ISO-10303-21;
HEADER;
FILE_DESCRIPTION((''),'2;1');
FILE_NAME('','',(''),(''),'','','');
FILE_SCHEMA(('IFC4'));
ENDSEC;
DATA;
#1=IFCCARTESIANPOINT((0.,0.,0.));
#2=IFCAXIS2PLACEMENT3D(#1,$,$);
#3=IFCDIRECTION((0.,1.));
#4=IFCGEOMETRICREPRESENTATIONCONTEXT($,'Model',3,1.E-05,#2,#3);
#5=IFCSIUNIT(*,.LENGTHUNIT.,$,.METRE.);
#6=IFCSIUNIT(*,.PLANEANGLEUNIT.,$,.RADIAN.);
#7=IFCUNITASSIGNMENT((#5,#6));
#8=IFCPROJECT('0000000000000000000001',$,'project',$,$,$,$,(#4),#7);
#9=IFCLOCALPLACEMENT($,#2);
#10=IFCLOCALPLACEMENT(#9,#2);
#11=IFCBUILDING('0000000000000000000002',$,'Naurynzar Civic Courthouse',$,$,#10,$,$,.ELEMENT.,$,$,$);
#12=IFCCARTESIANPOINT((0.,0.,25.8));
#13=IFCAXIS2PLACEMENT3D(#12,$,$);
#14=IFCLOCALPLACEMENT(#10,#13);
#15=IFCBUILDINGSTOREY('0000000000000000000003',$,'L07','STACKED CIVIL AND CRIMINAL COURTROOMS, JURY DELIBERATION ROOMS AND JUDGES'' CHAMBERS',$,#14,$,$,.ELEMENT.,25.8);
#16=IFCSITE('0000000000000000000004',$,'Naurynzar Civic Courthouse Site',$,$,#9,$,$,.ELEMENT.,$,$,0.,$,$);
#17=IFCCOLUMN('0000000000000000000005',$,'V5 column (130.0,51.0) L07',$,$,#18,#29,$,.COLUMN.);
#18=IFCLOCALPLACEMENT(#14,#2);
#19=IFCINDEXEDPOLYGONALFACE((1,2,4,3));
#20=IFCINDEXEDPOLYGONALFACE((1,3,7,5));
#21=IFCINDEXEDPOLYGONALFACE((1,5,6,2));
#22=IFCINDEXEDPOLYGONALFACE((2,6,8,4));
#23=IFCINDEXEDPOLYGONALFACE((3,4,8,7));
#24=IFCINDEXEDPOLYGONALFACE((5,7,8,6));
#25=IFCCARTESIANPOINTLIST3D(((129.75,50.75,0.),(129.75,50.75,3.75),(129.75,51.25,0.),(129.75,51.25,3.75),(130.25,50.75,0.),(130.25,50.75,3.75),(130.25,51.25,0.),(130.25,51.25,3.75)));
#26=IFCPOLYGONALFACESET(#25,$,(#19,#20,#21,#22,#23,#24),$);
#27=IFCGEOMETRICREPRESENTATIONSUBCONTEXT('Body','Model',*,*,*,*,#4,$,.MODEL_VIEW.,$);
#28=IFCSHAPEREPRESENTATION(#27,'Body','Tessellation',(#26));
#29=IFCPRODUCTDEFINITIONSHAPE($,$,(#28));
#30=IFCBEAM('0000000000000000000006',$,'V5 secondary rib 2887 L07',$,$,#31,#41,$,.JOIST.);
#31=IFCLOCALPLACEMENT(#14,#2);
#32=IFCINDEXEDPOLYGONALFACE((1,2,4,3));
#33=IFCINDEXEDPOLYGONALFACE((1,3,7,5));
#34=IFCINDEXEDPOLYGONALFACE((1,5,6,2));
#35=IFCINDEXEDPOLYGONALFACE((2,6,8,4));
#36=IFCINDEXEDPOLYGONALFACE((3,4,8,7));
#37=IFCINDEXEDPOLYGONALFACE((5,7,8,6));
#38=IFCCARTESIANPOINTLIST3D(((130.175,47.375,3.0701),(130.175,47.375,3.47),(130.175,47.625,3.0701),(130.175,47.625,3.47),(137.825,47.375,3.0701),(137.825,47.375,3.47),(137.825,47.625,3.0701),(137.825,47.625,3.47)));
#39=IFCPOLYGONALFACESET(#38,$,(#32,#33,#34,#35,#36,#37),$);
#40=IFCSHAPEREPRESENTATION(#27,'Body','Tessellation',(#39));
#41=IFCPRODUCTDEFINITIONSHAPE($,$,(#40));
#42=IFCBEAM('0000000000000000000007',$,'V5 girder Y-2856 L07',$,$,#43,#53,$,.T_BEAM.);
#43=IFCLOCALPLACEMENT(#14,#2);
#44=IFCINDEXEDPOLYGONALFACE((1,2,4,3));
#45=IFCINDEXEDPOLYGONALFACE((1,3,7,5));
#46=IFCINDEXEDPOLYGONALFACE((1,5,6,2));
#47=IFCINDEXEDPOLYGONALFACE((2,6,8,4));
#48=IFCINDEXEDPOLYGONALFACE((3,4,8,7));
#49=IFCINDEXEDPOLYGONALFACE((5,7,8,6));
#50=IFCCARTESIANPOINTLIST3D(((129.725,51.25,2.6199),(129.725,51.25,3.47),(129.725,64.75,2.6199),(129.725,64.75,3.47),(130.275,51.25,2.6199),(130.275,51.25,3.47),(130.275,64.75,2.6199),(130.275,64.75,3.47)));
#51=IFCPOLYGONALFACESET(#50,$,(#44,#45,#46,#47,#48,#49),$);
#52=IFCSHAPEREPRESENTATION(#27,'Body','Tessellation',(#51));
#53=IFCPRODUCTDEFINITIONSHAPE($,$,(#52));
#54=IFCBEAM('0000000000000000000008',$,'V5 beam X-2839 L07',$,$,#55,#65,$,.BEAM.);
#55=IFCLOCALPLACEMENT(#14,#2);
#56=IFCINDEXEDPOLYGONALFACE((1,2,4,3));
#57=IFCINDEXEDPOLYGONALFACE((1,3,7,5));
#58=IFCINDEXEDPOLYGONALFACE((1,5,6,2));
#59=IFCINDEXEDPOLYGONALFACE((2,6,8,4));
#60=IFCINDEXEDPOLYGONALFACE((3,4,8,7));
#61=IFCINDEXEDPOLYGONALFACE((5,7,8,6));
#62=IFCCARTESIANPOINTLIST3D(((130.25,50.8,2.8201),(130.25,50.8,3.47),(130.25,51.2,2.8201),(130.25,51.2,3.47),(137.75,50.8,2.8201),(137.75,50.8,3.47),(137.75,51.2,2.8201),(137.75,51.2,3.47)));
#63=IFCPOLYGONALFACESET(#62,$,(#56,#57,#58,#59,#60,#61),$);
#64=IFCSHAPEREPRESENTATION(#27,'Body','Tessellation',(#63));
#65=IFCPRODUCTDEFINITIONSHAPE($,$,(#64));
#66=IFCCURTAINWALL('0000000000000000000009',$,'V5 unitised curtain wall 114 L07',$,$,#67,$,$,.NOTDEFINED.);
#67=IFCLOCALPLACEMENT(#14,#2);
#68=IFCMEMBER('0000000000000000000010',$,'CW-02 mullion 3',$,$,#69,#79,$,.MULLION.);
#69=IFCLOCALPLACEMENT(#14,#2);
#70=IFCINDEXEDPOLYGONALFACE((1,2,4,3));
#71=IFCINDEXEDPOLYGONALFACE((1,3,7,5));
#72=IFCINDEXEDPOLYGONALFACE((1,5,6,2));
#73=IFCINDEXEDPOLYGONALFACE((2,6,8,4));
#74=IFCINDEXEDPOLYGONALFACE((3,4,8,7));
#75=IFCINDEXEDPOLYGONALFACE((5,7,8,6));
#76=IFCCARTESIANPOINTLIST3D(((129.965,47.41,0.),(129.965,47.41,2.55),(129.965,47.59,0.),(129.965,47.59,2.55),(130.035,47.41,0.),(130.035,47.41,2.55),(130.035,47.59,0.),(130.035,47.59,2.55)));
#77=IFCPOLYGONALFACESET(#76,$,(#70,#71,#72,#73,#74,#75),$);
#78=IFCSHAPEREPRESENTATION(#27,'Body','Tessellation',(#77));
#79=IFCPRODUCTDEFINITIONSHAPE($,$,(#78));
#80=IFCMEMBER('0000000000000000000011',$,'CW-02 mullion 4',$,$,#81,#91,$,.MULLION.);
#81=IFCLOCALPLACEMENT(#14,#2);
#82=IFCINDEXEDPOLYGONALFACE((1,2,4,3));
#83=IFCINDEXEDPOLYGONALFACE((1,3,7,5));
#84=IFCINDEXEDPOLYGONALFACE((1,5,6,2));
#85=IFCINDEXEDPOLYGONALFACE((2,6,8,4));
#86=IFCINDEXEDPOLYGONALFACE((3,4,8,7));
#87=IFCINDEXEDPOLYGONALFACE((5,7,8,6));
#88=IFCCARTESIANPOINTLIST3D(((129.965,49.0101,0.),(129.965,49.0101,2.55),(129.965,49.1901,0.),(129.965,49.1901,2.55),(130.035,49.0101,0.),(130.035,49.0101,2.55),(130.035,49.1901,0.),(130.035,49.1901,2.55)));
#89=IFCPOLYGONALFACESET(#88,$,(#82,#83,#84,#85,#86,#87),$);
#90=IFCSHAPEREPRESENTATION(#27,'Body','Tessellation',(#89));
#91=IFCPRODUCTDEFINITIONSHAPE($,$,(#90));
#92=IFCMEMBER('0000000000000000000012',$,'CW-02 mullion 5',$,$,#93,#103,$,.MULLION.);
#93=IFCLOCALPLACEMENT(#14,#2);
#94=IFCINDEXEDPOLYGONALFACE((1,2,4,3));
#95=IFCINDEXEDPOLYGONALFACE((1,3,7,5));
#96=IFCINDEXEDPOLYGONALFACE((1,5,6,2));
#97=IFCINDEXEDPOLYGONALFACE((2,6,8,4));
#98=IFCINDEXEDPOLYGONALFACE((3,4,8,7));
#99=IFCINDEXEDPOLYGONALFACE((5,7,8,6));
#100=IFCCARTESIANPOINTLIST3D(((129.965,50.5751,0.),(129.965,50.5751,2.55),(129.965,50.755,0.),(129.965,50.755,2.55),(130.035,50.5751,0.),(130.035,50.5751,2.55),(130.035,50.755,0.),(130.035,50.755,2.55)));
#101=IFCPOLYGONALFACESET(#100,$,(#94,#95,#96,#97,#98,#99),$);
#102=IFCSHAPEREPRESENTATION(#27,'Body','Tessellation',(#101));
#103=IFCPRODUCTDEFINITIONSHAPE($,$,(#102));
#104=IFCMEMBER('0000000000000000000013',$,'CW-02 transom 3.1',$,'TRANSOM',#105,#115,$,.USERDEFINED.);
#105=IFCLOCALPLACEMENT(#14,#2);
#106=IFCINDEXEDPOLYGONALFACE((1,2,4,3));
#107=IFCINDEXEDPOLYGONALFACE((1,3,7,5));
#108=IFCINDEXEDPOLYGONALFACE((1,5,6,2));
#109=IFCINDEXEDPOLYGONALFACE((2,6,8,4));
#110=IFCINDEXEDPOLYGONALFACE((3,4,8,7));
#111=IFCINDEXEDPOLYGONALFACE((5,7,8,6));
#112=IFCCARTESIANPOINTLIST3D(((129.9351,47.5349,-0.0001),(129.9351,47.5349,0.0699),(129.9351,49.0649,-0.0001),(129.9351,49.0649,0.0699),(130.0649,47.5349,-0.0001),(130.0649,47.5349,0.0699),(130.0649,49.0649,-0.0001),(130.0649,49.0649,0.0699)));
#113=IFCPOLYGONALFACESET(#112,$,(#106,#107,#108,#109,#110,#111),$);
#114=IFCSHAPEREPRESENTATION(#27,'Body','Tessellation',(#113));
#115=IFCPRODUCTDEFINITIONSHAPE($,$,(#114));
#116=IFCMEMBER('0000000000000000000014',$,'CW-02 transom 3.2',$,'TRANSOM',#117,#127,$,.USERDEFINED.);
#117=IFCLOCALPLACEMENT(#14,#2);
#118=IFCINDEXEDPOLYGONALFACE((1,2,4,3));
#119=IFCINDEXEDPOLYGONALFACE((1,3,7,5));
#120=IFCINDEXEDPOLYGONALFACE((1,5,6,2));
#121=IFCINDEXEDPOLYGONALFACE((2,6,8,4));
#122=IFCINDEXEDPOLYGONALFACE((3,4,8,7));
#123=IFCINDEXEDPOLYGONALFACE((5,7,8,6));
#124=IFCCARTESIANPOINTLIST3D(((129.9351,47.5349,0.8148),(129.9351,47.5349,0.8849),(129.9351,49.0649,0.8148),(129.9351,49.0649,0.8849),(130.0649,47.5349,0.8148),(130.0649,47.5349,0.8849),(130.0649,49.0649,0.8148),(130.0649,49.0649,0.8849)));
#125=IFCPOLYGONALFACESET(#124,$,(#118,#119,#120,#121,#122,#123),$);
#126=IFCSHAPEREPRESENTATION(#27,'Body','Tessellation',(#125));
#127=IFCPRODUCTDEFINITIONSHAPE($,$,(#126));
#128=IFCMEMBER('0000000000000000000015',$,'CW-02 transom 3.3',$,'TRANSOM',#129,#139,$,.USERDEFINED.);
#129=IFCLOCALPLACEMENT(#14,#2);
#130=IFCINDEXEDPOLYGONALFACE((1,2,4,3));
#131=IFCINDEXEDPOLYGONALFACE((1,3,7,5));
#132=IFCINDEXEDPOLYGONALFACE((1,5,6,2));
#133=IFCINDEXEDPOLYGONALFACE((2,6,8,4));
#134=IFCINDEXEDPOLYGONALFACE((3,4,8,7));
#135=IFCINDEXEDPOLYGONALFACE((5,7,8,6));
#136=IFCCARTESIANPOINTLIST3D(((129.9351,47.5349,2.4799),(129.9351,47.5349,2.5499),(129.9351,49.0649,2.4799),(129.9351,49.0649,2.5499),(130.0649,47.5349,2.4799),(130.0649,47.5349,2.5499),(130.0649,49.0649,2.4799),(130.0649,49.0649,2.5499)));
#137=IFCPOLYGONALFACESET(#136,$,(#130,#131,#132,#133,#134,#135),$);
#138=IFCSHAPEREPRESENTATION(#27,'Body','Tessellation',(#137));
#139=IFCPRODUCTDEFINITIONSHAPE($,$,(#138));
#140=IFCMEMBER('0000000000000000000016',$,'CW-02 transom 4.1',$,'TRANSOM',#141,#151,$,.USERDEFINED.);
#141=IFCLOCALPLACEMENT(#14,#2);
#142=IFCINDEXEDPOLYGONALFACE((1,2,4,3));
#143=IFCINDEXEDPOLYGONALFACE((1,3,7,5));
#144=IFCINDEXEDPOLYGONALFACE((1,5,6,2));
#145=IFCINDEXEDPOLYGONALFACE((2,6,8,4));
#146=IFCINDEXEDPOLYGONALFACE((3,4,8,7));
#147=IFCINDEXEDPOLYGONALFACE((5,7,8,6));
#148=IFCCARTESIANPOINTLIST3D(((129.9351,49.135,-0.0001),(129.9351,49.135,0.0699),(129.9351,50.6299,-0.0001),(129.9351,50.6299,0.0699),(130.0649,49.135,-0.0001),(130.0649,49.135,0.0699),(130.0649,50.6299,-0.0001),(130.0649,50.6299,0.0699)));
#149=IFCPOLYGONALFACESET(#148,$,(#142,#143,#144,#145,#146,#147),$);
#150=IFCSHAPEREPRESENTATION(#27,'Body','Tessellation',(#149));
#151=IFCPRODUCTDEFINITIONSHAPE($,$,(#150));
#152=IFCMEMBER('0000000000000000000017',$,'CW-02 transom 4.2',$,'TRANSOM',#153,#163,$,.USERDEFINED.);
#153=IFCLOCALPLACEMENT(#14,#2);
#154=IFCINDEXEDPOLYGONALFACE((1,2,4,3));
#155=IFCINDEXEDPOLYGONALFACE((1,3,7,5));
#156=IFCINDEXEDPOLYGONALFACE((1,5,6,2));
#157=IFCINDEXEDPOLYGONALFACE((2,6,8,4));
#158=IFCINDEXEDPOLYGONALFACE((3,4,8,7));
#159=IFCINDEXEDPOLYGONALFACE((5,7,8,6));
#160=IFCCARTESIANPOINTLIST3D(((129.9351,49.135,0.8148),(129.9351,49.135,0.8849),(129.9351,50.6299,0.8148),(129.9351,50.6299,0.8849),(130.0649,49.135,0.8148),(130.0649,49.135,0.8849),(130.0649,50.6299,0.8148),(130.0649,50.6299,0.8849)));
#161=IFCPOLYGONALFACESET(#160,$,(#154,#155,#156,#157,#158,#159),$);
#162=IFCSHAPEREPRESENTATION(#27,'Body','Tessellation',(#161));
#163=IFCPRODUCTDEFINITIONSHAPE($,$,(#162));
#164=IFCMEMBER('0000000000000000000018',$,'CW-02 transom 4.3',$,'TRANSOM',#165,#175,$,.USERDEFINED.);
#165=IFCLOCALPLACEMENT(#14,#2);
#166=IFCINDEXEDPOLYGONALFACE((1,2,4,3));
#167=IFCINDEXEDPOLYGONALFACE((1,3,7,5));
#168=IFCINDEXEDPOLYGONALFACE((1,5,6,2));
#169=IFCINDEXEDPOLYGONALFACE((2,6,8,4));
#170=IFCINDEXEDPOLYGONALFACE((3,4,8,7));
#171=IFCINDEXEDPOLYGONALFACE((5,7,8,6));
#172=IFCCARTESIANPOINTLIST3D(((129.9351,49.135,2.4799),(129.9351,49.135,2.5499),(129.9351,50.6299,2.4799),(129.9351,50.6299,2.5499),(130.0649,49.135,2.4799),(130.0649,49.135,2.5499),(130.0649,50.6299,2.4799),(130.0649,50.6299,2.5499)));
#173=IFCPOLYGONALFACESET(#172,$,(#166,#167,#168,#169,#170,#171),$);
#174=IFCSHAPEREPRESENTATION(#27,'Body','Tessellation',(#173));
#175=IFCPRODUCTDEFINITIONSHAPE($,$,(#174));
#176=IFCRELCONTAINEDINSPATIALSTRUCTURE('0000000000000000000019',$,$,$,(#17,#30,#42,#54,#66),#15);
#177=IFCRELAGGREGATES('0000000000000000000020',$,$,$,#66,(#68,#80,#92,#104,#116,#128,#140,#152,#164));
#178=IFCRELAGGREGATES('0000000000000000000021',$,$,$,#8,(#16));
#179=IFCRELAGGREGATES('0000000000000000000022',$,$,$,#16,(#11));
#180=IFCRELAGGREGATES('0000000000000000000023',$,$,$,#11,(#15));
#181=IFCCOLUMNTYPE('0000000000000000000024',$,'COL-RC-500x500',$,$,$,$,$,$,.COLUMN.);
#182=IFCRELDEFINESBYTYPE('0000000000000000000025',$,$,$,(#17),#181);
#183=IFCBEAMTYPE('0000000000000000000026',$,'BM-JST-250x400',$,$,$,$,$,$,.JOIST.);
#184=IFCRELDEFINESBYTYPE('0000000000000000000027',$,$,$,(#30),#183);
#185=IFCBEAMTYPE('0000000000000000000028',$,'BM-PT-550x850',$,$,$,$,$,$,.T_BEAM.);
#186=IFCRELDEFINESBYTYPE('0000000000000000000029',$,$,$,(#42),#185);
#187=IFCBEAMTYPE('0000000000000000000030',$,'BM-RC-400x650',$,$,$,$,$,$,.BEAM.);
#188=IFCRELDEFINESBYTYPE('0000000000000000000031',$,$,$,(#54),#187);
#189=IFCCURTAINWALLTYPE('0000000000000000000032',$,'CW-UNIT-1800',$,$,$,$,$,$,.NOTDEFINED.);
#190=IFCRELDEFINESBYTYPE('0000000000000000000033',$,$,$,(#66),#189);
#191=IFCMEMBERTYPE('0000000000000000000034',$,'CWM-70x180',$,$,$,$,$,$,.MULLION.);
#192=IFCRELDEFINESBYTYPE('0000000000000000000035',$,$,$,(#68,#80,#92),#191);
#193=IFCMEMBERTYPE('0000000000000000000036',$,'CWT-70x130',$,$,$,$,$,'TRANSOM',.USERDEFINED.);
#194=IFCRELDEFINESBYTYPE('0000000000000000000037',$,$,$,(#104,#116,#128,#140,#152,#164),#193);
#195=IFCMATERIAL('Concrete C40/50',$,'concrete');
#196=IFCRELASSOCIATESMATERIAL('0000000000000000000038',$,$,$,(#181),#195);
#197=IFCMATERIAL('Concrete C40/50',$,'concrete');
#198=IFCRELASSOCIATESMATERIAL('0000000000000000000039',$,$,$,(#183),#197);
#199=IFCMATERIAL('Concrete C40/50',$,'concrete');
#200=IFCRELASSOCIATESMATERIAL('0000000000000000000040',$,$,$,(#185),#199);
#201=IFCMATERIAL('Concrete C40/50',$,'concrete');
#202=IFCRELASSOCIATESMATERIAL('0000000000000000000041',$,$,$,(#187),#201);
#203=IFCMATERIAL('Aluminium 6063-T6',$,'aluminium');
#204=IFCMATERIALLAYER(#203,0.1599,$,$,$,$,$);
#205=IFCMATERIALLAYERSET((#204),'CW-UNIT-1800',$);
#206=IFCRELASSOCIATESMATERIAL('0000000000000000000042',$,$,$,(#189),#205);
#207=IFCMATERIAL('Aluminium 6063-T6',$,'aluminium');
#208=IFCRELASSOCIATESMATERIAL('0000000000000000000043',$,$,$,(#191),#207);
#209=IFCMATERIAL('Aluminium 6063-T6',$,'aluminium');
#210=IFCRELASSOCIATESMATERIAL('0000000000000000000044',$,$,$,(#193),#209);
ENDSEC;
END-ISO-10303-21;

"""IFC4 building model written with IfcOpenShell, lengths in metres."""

from ifc_helpers import new_model, si_unit, direction, frame, origin, origin_2d, place, context, subcontext, project, spatial, rectangle, extrude, material, layer, layer_set, material_profile, profile_set, type_object, element, aggregate, save


model = new_model("IFC4")

# Units and contexts
model_context = context("Model", 3, precision=1e-05, world=origin(), true_north=direction((0.0, 1.0)))
body_context = subcontext(model_context, "Body", "Model", "MODEL_VIEW")
ifc_project = project(units=[si_unit("LENGTHUNIT", "METRE"), si_unit("PLANEANGLEUNIT", "RADIAN")], contexts=[model_context])

# Site, building, storey
site_placement = place(None, origin())
site = spatial("IfcSite", under=ifc_project, at=site_placement, Name="Naurynzar Civic Courthouse Site", CompositionType="ELEMENT", RefElevation=0.0)
building_placement = place(site_placement, origin())
building = spatial("IfcBuilding", under=site, at=building_placement, Name="Naurynzar Civic Courthouse", CompositionType="ELEMENT")
storey_placement = place(building_placement, frame((0.0, 0.0, 25.8)))
storey = spatial("IfcBuildingStorey", under=building, at=storey_placement, Name="L07", Description="STACKED CIVIL AND CRIMINAL COURTROOMS, JURY DELIBERATION ROOMS AND JUDGES' CHAMBERS", CompositionType="ELEMENT", Elevation=25.8)

# Column
ifc_material_1 = material(Name="Concrete C40/50", Category="concrete")
ifc_material_profile_1 = material_profile(ifc_material_1, rectangle(XDim=0.5, YDim=0.5, at=origin_2d()), Name="RC 500x500")
ifc_profile_set_1 = profile_set([ifc_material_profile_1], Name="Concrete C40/50")
column_type = type_object("IfcColumnType", Name="COL-RC-500x500", PredefinedType="COLUMN", material=ifc_profile_set_1)
column_placement = place(storey_placement, frame((130.0, 51.0, 0.0), z_axis=(0.0, 0.0, 1.0), x_axis=(1.0, 0.0, 0.0)))
element("IfcColumn", 1, at=column_placement, inside=storey, type_object=column_type, Name="V5 column (130.0,51.0) L07", PredefinedType="COLUMN", context=body_context, shape_type="SweptSolid", body=[
    extrude(rectangle(XDim=0.5, YDim=0.5, at=origin_2d()), origin(), (0.0, 0.0, 1.0), 3.75),
])

# Beams
ifc_material_2 = material(Name="Concrete C40/50", Category="concrete")
ifc_material_profile_2 = material_profile(ifc_material_2, rectangle(XDim=0.25, YDim=0.3999, at=origin_2d()), Name="RCB 250x400")
ifc_profile_set_2 = profile_set([ifc_material_profile_2], Name="Concrete C40/50")
beam_type_1 = type_object("IfcBeamType", Name="BM-JST-250x400", PredefinedType="JOIST", material=ifc_profile_set_2)
beam_1_placement = place(storey_placement, frame((130.175, 47.5, 3.27), z_axis=(1.0, 0.0, 0.0), x_axis=(0.0, 1.0, 0.0)))
element("IfcBeam", 2, at=beam_1_placement, inside=storey, type_object=beam_type_1, Name="V5 secondary rib 2887 L07", PredefinedType="JOIST", context=body_context, shape_type="SweptSolid", body=[
    extrude(rectangle(XDim=0.25, YDim=0.3999, at=origin_2d()), origin(), (0.0, 0.0, 1.0), 7.6499),
])
ifc_material_3 = material(Name="Concrete C40/50", Category="concrete")
ifc_material_profile_3 = material_profile(ifc_material_3, rectangle(XDim=0.55, YDim=0.8501, at=origin_2d()), Name="PTB 550x850")
ifc_profile_set_3 = profile_set([ifc_material_profile_3], Name="Concrete C40/50")
beam_type_2 = type_object("IfcBeamType", Name="BM-PT-550x850", PredefinedType="T_BEAM", material=ifc_profile_set_3)
beam_2_placement = place(storey_placement, frame((130.0, 51.25, 3.0449), z_axis=(0.0, 1.0, 0.0), x_axis=(-1.0, 0.0, 0.0)))
element("IfcBeam", 3, at=beam_2_placement, inside=storey, type_object=beam_type_2, Name="V5 girder Y-2856 L07", PredefinedType="T_BEAM", context=body_context, shape_type="SweptSolid", body=[
    extrude(rectangle(XDim=0.55, YDim=0.8501, at=origin_2d()), origin(), (0.0, 0.0, 1.0), 13.5),
])
ifc_material_4 = material(Name="Concrete C40/50", Category="concrete")
ifc_material_profile_4 = material_profile(ifc_material_4, rectangle(XDim=0.3999, YDim=0.6499, at=origin_2d()), Name="RCB 400x650")
ifc_profile_set_4 = profile_set([ifc_material_profile_4], Name="Concrete C40/50")
beam_type_3 = type_object("IfcBeamType", Name="BM-RC-400x650", PredefinedType="BEAM", material=ifc_profile_set_4)
beam_3_placement = place(storey_placement, frame((130.25, 51.0, 3.145), z_axis=(1.0, 0.0, 0.0), x_axis=(0.0, 1.0, 0.0)))
element("IfcBeam", 4, at=beam_3_placement, inside=storey, type_object=beam_type_3, Name="V5 beam X-2839 L07", PredefinedType="BEAM", context=body_context, shape_type="SweptSolid", body=[
    extrude(rectangle(XDim=0.3999, YDim=0.6499, at=origin_2d()), origin(), (0.0, 0.0, 1.0), 7.5),
])

# Curtain wall, members
ifc_material_5 = material(Name="Aluminium 6063-T6", Category="aluminium")
ifc_layer_1 = layer(ifc_material_5, 0.1599)
ifc_layer_set_1 = layer_set([ifc_layer_1], Name="CW-UNIT-1800")
curtain_wall_type = type_object("IfcCurtainWallType", Name="CW-UNIT-1800", PredefinedType="NOTDEFINED", material=ifc_layer_set_1)
curtain_wall_placement = place(storey_placement, origin())
curtain_wall = element("IfcCurtainWall", 5, at=curtain_wall_placement, inside=storey, type_object=curtain_wall_type, Name="V5 unitised curtain wall 114 L07", PredefinedType="NOTDEFINED")
ifc_material_6 = material(Name="Aluminium 6063-T6", Category="aluminium")
ifc_material_profile_5 = material_profile(ifc_material_6, rectangle(XDim=0.0701, YDim=0.1799, at=origin_2d()), Name="ALU MULLION 70x180")
ifc_profile_set_5 = profile_set([ifc_material_profile_5], Name="Aluminium 6063-T6")
member_type_1 = type_object("IfcMemberType", Name="CWM-70x180", PredefinedType="MULLION", material=ifc_profile_set_5)
member_1_placement = place(storey_placement, frame((130.0, 47.5, 0.0), z_axis=(0.0, 0.0, 1.0), x_axis=(-1.0, 0.0, 0.0)))
member_1 = element("IfcMember", 6, at=member_1_placement, type_object=member_type_1, Name="CW-02 mullion 3", PredefinedType="MULLION", context=body_context, shape_type="SweptSolid", body=[
    extrude(rectangle(XDim=0.0701, YDim=0.1799, at=origin_2d()), origin(), (0.0, 0.0, 1.0), 2.55),
])
member_2_placement = place(storey_placement, frame((130.0, 49.1001, 0.0), z_axis=(0.0, 0.0, 1.0), x_axis=(-1.0, 0.0, 0.0)))
member_2 = element("IfcMember", 7, at=member_2_placement, type_object=member_type_1, Name="CW-02 mullion 4", PredefinedType="MULLION", context=body_context, shape_type="SweptSolid", body=[
    extrude(rectangle(XDim=0.0701, YDim=0.1799, at=origin_2d()), origin(), (0.0, 0.0, 1.0), 2.55),
])
member_3_placement = place(storey_placement, frame((130.0, 50.665, 0.0), z_axis=(0.0, 0.0, 1.0), x_axis=(-1.0, 0.0, 0.0)))
member_3 = element("IfcMember", 8, at=member_3_placement, type_object=member_type_1, Name="CW-02 mullion 5", PredefinedType="MULLION", context=body_context, shape_type="SweptSolid", body=[
    extrude(rectangle(XDim=0.0701, YDim=0.1799, at=origin_2d()), origin(), (0.0, 0.0, 1.0), 2.55),
])
ifc_material_7 = material(Name="Aluminium 6063-T6", Category="aluminium")
ifc_material_profile_6 = material_profile(ifc_material_7, rectangle(XDim=0.1299, YDim=0.0701, at=origin_2d()), Name="ALU TRANSOM 70x130")
ifc_profile_set_6 = profile_set([ifc_material_profile_6], Name="Aluminium 6063-T6")
member_type_2 = type_object("IfcMemberType", Name="CWT-70x130", ElementType="TRANSOM", PredefinedType="USERDEFINED", material=ifc_profile_set_6)
member_4_placement = place(storey_placement, frame((130.0, 47.5349, 0.0349), z_axis=(0.0, 1.0, 0.0), x_axis=(-1.0, 0.0, 0.0)))
member_4 = element("IfcMember", 9, at=member_4_placement, type_object=member_type_2, Name="CW-02 transom 3.1", ObjectType="TRANSOM", PredefinedType="USERDEFINED", context=body_context, shape_type="SweptSolid", body=[
    extrude(rectangle(XDim=0.1299, YDim=0.0701, at=origin_2d()), origin(), (0.0, 0.0, 1.0), 1.53),
])
member_5_placement = place(storey_placement, frame((130.0, 47.5349, 0.8499), z_axis=(0.0, 1.0, 0.0), x_axis=(-1.0, 0.0, 0.0)))
member_5 = element("IfcMember", 10, at=member_5_placement, type_object=member_type_2, Name="CW-02 transom 3.2", ObjectType="TRANSOM", PredefinedType="USERDEFINED", context=body_context, shape_type="SweptSolid", body=[
    extrude(rectangle(XDim=0.1299, YDim=0.0701, at=origin_2d()), origin(), (0.0, 0.0, 1.0), 1.53),
])
member_6_placement = place(storey_placement, frame((130.0, 47.5349, 2.5149), z_axis=(0.0, 1.0, 0.0), x_axis=(-1.0, 0.0, 0.0)))
member_6 = element("IfcMember", 11, at=member_6_placement, type_object=member_type_2, Name="CW-02 transom 3.3", ObjectType="TRANSOM", PredefinedType="USERDEFINED", context=body_context, shape_type="SweptSolid", body=[
    extrude(rectangle(XDim=0.1299, YDim=0.0701, at=origin_2d()), origin(), (0.0, 0.0, 1.0), 1.53),
])
member_7_placement = place(storey_placement, frame((130.0, 49.135, 0.0349), z_axis=(0.0, 1.0, 0.0), x_axis=(-1.0, 0.0, 0.0)))
member_7 = element("IfcMember", 12, at=member_7_placement, type_object=member_type_2, Name="CW-02 transom 4.1", ObjectType="TRANSOM", PredefinedType="USERDEFINED", context=body_context, shape_type="SweptSolid", body=[
    extrude(rectangle(XDim=0.1299, YDim=0.0701, at=origin_2d()), origin(), (0.0, 0.0, 1.0), 1.4949),
])
member_8_placement = place(storey_placement, frame((130.0, 49.135, 0.8499), z_axis=(0.0, 1.0, 0.0), x_axis=(-1.0, 0.0, 0.0)))
member_8 = element("IfcMember", 13, at=member_8_placement, type_object=member_type_2, Name="CW-02 transom 4.2", ObjectType="TRANSOM", PredefinedType="USERDEFINED", context=body_context, shape_type="SweptSolid", body=[
    extrude(rectangle(XDim=0.1299, YDim=0.0701, at=origin_2d()), origin(), (0.0, 0.0, 1.0), 1.4949),
])
member_9_placement = place(storey_placement, frame((130.0, 49.135, 2.5149), z_axis=(0.0, 1.0, 0.0), x_axis=(-1.0, 0.0, 0.0)))
member_9 = element("IfcMember", 14, at=member_9_placement, type_object=member_type_2, Name="CW-02 transom 4.3", ObjectType="TRANSOM", PredefinedType="USERDEFINED", context=body_context, shape_type="SweptSolid", body=[
    extrude(rectangle(XDim=0.1299, YDim=0.0701, at=origin_2d()), origin(), (0.0, 0.0, 1.0), 1.4949),
])
aggregate(curtain_wall, [member_1, member_2, member_3, member_4, member_5, member_6, member_7, member_8, member_9])

save(model, "model.ifc")
